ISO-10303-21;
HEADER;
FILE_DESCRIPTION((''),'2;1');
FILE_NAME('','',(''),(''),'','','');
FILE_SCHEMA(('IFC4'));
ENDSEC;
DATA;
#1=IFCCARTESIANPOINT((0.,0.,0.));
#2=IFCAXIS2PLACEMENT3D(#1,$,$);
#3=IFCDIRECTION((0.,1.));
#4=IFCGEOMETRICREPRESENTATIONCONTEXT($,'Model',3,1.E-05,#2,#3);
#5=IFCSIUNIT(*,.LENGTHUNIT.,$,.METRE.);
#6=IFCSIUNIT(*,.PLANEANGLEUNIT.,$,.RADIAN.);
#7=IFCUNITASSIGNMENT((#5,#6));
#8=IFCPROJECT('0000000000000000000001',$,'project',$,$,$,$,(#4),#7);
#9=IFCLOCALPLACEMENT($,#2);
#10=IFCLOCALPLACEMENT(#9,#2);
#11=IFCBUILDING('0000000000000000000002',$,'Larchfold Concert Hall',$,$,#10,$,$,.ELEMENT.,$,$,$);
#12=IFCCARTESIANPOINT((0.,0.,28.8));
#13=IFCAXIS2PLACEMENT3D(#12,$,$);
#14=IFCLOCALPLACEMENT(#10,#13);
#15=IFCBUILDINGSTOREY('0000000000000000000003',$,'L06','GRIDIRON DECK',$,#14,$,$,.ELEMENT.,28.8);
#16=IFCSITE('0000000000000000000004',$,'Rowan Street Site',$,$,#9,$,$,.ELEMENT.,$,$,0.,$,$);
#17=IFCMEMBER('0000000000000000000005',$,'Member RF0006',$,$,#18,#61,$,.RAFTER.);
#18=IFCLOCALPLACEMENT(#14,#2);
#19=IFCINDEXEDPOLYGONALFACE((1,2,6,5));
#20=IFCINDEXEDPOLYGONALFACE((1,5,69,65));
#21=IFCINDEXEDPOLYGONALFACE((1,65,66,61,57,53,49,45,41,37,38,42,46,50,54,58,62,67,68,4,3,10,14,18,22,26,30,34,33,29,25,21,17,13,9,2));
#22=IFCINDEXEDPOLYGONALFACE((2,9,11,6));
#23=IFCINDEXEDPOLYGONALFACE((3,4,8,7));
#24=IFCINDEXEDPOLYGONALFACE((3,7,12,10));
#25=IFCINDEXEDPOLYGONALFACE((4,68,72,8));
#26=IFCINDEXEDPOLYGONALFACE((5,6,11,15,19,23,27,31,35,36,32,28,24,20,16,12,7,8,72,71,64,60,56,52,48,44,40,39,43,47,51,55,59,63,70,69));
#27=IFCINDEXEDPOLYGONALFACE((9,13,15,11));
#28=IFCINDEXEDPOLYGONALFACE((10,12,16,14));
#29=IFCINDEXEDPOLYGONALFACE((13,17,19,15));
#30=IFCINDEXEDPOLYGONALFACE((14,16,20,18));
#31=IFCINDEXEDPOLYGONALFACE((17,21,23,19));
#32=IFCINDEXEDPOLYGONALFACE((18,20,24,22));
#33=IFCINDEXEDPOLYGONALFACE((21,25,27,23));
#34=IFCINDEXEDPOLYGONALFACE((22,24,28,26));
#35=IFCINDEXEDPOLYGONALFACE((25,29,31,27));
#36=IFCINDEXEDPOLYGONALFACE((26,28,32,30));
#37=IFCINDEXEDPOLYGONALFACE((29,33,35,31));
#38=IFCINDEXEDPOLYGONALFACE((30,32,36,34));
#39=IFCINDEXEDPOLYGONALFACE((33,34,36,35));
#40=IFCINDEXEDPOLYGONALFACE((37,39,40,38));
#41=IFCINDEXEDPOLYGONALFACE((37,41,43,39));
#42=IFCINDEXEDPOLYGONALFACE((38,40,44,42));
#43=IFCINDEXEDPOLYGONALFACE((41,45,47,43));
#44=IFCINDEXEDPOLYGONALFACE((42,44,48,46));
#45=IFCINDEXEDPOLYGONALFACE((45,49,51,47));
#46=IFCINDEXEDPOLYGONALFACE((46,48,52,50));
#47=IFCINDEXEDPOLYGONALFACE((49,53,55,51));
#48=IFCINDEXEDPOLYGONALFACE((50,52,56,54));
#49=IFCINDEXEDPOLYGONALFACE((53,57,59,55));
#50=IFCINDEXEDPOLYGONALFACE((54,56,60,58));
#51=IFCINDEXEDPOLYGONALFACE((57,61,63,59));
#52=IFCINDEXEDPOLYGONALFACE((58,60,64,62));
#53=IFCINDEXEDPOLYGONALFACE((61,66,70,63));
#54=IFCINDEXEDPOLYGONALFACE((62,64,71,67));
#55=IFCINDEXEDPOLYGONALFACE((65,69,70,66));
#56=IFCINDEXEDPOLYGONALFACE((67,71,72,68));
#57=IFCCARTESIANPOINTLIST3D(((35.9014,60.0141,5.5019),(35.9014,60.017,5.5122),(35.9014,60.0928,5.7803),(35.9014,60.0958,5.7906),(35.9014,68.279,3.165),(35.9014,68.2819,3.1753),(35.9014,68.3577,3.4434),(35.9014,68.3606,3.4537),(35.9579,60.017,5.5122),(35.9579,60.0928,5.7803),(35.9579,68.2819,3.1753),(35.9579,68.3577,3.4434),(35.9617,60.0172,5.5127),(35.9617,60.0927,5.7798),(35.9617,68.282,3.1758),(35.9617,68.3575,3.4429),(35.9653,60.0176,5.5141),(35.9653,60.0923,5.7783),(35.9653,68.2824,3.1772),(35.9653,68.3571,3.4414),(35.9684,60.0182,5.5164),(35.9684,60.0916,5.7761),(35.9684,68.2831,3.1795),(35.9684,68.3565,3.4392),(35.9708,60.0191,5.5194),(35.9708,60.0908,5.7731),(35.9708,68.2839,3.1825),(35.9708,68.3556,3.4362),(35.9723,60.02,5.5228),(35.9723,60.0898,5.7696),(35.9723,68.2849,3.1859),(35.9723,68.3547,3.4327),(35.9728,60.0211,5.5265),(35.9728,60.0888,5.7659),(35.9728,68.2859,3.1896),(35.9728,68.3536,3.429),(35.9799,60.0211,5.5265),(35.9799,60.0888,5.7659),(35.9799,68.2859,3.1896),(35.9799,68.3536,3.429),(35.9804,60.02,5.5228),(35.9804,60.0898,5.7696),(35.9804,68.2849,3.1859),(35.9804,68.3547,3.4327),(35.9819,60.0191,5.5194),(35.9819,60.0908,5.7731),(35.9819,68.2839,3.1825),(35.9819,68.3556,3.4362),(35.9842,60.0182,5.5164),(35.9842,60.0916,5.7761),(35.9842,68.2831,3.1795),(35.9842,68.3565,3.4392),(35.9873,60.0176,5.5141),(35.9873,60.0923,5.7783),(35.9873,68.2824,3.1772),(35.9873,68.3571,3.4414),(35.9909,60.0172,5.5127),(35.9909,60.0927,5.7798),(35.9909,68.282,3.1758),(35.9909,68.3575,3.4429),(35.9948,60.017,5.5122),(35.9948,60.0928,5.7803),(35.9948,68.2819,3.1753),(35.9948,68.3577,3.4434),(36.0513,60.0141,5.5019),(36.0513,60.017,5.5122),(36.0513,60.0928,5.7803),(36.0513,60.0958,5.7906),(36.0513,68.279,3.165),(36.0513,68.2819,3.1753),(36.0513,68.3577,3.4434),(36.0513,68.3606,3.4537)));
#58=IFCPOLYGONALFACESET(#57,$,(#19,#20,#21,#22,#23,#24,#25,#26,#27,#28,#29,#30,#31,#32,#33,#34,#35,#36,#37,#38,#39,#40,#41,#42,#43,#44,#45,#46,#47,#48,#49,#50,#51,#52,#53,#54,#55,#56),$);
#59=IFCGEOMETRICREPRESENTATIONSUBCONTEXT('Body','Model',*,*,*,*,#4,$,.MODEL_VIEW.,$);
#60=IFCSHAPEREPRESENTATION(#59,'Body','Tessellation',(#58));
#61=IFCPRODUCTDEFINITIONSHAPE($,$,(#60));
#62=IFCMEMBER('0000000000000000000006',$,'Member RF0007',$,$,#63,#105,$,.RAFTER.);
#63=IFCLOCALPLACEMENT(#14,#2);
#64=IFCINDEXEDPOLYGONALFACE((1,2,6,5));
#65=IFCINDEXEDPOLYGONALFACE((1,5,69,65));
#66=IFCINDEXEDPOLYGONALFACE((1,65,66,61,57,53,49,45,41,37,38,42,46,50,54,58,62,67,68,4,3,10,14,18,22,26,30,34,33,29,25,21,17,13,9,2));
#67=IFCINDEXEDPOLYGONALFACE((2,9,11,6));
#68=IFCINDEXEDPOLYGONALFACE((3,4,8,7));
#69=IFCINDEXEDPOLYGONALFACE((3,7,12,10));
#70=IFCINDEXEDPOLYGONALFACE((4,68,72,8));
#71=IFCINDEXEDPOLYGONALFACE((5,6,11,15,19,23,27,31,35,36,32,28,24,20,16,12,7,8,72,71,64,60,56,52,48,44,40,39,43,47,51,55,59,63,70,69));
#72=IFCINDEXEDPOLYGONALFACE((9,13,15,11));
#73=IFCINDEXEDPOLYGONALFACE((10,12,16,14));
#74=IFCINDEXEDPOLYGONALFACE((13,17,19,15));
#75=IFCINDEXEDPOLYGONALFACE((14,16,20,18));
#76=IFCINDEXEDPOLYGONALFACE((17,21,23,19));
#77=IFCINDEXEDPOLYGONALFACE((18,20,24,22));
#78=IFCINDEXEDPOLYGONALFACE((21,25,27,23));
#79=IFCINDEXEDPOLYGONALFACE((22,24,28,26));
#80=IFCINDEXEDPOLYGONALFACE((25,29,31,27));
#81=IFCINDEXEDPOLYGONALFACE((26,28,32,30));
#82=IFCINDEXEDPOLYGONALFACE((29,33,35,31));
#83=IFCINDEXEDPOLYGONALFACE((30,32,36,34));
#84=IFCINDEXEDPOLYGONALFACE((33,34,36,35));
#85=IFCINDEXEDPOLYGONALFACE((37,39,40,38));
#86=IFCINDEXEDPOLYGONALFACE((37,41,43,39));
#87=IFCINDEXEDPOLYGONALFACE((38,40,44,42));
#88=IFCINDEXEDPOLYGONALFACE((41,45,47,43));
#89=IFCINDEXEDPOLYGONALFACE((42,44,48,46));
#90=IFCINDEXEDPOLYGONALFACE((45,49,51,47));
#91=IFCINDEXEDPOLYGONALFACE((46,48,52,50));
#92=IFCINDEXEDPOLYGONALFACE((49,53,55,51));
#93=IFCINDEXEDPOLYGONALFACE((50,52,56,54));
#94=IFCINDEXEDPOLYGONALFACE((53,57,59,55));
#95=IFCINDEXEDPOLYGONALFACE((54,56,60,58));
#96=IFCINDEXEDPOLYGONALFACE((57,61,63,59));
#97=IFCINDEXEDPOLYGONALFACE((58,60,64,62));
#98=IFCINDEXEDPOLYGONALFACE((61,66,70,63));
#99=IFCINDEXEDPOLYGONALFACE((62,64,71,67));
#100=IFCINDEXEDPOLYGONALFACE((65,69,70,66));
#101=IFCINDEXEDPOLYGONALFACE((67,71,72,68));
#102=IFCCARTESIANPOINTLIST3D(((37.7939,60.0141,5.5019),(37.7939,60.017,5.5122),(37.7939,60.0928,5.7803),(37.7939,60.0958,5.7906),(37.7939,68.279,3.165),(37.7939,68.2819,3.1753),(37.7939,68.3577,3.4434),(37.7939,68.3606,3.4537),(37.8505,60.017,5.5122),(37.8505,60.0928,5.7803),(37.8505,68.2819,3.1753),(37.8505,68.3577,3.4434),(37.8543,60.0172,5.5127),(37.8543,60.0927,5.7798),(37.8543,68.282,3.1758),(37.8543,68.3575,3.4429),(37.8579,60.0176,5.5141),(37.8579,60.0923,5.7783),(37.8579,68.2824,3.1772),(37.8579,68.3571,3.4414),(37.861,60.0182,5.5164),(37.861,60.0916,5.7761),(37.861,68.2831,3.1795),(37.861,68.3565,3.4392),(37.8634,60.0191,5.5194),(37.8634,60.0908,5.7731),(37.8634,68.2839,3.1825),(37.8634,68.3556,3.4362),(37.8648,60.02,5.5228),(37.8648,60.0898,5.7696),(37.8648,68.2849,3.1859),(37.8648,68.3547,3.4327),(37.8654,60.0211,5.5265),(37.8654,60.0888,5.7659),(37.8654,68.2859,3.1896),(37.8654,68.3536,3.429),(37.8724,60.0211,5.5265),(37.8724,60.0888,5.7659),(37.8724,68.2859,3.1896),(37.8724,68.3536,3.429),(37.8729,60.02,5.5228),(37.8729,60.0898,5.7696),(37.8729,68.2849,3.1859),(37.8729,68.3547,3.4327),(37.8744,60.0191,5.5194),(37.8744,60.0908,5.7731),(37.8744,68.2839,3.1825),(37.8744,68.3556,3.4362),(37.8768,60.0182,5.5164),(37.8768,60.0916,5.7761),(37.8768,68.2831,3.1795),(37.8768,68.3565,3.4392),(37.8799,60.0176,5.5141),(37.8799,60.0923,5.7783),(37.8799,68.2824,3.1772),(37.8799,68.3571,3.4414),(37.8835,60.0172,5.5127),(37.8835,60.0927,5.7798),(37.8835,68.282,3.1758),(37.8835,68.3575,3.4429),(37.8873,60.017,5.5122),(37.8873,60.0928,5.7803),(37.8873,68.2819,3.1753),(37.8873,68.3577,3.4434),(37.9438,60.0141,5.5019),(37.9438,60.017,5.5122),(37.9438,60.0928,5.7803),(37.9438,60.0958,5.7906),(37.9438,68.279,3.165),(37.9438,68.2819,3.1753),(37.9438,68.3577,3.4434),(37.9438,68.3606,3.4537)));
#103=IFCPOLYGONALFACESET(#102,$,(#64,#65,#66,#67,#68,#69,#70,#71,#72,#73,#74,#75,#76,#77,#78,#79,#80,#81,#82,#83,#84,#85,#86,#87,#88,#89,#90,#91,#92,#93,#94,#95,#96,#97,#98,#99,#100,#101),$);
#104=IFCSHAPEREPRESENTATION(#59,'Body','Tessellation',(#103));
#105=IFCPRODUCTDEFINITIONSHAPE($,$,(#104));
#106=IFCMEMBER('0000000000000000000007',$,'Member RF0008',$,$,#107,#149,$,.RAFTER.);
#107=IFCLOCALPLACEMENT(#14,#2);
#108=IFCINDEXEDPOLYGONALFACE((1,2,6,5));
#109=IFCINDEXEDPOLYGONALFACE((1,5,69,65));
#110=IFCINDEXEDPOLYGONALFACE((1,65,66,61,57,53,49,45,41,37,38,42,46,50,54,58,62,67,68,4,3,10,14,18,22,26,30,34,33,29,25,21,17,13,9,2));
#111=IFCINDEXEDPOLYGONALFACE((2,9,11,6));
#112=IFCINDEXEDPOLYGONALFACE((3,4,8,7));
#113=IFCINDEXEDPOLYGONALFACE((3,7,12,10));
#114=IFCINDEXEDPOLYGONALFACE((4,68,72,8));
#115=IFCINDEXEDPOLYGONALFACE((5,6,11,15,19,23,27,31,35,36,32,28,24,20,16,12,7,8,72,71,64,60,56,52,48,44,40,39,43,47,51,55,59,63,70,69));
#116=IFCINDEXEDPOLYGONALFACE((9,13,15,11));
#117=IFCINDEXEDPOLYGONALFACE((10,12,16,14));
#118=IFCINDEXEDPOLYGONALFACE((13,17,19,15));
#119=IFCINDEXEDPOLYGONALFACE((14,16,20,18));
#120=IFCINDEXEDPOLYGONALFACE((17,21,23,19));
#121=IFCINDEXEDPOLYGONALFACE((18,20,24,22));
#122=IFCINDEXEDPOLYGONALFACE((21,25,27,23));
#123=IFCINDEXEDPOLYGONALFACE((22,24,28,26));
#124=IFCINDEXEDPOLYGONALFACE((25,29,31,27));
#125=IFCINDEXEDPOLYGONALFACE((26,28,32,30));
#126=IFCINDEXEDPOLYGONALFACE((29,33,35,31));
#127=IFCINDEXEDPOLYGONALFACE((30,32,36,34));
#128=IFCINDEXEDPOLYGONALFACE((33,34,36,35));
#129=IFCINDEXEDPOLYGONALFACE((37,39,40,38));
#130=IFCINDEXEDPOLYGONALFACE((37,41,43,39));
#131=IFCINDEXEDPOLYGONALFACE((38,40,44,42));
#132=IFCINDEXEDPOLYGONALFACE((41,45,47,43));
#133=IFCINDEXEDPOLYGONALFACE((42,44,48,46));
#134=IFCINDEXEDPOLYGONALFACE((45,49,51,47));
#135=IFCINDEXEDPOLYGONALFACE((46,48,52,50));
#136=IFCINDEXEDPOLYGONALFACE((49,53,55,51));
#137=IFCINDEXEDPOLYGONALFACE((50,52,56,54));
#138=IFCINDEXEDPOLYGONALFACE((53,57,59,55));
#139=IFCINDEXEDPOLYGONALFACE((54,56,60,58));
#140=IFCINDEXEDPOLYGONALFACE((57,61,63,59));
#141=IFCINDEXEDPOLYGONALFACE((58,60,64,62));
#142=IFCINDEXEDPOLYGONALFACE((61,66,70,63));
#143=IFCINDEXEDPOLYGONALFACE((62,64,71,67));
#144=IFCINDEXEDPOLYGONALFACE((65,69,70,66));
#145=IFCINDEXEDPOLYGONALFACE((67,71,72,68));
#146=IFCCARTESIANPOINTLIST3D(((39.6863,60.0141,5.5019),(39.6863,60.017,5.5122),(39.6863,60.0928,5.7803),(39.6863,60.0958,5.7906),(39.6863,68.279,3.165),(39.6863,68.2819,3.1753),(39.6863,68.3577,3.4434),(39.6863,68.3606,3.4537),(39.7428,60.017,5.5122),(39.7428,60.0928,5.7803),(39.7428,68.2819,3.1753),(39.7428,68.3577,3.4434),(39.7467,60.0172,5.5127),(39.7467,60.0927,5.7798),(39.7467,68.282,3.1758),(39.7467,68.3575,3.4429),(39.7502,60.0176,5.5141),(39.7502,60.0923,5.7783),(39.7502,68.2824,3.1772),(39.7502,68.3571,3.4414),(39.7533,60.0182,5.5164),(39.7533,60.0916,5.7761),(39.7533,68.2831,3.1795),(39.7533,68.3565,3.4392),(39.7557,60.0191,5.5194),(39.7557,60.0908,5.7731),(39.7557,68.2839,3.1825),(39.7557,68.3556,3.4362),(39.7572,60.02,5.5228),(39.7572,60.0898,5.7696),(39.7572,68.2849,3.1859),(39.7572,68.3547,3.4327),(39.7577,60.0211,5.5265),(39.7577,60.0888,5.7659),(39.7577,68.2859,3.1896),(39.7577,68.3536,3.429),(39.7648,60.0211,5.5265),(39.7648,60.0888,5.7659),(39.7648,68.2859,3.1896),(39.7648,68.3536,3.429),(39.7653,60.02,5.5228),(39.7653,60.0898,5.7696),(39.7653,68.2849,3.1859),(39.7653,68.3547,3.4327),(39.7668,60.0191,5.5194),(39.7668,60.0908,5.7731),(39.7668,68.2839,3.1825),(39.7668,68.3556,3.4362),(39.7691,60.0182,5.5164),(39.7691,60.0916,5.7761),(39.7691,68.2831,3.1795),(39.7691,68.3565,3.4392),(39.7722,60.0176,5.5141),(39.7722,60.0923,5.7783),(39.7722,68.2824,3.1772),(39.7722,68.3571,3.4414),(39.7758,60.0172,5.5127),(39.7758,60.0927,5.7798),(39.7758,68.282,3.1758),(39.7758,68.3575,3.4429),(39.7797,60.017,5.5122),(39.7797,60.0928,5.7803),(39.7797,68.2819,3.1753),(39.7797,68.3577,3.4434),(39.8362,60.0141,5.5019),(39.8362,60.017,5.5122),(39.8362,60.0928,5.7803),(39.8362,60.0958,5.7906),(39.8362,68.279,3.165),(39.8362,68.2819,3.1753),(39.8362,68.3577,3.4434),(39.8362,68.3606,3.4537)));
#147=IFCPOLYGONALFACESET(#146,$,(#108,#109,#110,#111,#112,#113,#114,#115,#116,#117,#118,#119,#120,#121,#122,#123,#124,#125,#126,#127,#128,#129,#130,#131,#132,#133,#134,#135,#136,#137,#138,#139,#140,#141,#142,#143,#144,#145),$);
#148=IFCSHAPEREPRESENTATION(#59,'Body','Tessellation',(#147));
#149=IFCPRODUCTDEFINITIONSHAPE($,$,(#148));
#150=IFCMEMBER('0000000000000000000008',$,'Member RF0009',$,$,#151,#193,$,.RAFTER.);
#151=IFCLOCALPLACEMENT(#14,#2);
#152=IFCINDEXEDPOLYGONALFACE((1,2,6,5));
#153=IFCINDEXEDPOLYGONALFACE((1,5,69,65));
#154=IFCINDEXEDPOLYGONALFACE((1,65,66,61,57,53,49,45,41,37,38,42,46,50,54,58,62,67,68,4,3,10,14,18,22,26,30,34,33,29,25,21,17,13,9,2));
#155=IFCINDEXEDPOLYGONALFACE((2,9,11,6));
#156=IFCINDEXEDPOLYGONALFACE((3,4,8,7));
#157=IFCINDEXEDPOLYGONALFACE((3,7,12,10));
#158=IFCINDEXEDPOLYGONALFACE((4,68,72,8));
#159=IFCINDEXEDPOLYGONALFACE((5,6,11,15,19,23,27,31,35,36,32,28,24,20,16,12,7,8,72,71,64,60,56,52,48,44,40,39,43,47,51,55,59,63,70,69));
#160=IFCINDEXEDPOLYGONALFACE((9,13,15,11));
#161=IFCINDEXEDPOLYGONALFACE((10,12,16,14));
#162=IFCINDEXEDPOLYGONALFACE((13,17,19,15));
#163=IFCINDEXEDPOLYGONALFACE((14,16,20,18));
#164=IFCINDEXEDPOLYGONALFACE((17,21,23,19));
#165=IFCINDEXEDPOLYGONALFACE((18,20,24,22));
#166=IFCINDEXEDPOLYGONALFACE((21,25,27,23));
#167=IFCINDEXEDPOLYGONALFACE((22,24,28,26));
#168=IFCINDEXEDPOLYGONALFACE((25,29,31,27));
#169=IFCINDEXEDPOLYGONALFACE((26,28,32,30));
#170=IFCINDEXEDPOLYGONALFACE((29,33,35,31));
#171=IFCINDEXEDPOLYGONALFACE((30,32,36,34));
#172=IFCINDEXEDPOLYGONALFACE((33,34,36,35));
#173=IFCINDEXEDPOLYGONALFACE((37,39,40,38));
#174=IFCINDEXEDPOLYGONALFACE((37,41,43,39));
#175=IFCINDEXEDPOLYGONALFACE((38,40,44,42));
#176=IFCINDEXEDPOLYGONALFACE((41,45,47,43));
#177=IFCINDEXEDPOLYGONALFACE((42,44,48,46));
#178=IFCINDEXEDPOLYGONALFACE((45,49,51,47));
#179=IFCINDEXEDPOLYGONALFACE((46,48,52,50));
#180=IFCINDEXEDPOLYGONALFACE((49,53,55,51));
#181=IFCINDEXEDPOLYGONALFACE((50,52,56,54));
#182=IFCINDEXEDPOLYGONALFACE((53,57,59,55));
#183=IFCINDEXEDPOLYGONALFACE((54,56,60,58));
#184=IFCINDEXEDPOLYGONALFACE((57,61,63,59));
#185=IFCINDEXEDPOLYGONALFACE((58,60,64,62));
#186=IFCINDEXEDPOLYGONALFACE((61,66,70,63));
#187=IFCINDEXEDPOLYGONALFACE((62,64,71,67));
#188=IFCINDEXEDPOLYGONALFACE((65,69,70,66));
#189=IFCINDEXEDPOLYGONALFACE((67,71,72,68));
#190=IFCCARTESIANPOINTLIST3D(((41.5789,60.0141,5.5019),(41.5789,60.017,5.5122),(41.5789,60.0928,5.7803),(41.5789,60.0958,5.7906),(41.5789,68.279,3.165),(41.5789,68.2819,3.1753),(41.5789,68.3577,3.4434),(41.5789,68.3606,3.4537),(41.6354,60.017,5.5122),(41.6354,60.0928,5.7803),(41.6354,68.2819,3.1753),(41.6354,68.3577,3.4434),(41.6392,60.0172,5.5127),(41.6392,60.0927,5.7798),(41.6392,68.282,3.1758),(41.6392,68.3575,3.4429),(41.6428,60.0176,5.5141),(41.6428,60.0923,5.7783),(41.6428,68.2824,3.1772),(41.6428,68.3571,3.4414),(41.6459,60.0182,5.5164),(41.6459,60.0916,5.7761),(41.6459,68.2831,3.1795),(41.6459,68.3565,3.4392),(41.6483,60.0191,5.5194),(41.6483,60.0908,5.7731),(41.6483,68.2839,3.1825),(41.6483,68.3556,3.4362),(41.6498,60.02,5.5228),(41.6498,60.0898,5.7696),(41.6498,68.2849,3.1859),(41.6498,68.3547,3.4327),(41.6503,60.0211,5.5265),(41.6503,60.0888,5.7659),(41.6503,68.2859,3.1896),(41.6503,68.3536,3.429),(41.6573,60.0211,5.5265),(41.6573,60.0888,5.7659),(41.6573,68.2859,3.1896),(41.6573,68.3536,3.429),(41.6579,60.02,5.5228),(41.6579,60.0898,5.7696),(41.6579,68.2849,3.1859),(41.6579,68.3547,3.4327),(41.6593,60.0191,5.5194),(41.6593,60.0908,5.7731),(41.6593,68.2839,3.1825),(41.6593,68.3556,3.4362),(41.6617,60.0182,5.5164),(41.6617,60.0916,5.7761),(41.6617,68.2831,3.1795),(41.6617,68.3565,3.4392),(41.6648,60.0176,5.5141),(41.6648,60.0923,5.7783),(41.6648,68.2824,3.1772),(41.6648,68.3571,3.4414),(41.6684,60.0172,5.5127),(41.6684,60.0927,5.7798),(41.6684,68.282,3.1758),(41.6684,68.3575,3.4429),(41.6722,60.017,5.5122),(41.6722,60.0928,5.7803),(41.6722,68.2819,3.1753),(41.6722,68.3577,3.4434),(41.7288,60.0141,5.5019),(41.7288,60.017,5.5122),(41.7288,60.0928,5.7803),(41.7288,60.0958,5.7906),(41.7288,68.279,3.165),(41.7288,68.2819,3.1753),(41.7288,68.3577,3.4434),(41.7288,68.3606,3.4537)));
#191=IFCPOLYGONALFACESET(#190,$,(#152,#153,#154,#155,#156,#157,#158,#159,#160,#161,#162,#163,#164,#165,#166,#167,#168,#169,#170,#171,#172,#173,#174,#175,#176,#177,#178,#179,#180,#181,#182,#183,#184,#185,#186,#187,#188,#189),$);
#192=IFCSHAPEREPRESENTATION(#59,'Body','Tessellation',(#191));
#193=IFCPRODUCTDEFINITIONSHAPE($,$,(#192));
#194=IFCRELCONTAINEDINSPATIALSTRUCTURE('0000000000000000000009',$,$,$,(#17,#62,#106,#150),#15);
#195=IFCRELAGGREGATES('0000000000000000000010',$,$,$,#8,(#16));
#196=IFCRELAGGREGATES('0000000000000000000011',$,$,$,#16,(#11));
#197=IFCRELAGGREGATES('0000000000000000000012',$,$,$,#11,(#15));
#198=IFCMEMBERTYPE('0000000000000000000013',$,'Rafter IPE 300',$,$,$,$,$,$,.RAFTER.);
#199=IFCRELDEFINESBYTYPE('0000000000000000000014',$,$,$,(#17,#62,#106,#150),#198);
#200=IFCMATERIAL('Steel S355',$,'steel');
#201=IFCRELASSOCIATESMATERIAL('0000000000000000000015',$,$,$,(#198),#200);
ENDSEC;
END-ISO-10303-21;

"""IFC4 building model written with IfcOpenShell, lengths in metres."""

from ifc_helpers import new_model, si_unit, direction, frame, origin, origin_2d, place, context, subcontext, project, spatial, i_section, extrude, material, material_profile, profile_set, type_object, element, save


model = new_model("IFC4")

# Units and contexts
model_context = context("Model", 3, precision=1e-05, world=origin(), true_north=direction((0.0, 1.0)))
body_context = subcontext(model_context, "Body", "Model", "MODEL_VIEW")
ifc_project = project(units=[si_unit("LENGTHUNIT", "METRE"), si_unit("PLANEANGLEUNIT", "RADIAN")], contexts=[model_context])

# Site, building, storey
site_placement = place(None, origin())
site = spatial("IfcSite", under=ifc_project, at=site_placement, Name="Rowan Street Site", CompositionType="ELEMENT", RefElevation=0.0)
building_placement = place(site_placement, origin())
building = spatial("IfcBuilding", under=site, at=building_placement, Name="Larchfold Concert Hall", CompositionType="ELEMENT")
storey_placement = place(building_placement, frame((0.0, 0.0, 28.8)))
storey = spatial("IfcBuildingStorey", under=building, at=storey_placement, Name="L06", Description="GRIDIRON DECK", CompositionType="ELEMENT", Elevation=28.8)

# Members
ifc_material_1 = material(Name="Steel S355", Category="steel")
ifc_material_profile_1 = material_profile(ifc_material_1, i_section(OverallWidth=0.1499, OverallDepth=0.3, WebThickness=0.0071, FlangeThickness=0.0107, FilletRadius=0.0149, at=origin_2d()))
ifc_profile_set_1 = profile_set([ifc_material_profile_1], Name="Steel S355")
member_type_1 = type_object("IfcMemberType", Name="Rafter IPE 300", PredefinedType="RAFTER", material=ifc_profile_set_1)
for number, where, z_axis, x_axis, name in (
    (1, (35.9763, 60.0549, 5.6462), (0.0, 0.962273, -0.272085), (-1.0, 0.0, 0.0), "Member RF0006"),
    (2, (37.8689, 60.0549, 5.6462), (0.0, 0.962273, -0.272085), (-1.0, 0.0, 0.0), "Member RF0007"),
    (3, (39.7612, 60.0549, 5.6462), (0.0, 0.962273, -0.272085), (-1.0, 0.0, 0.0), "Member RF0008"),
    (4, (41.6538, 60.0549, 5.6462), (0.0, 0.962273, -0.272085), (-1.0, 0.0, 0.0), "Member RF0009"),
):
    element("IfcMember", number, at=place(storey_placement, frame(where, z_axis=z_axis, x_axis=x_axis)), inside=storey, type_object=member_type_1, Name=name, PredefinedType="RAFTER", context=body_context, shape_type="SweptSolid", body=[
        extrude(i_section(OverallWidth=0.1499, OverallDepth=0.3, WebThickness=0.0071, FlangeThickness=0.0107, FilletRadius=0.0149, at=origin_2d()), origin(), (0.0, 0.0, 1.0), 8.5889),
    ])

save(model, "model.ifc")
